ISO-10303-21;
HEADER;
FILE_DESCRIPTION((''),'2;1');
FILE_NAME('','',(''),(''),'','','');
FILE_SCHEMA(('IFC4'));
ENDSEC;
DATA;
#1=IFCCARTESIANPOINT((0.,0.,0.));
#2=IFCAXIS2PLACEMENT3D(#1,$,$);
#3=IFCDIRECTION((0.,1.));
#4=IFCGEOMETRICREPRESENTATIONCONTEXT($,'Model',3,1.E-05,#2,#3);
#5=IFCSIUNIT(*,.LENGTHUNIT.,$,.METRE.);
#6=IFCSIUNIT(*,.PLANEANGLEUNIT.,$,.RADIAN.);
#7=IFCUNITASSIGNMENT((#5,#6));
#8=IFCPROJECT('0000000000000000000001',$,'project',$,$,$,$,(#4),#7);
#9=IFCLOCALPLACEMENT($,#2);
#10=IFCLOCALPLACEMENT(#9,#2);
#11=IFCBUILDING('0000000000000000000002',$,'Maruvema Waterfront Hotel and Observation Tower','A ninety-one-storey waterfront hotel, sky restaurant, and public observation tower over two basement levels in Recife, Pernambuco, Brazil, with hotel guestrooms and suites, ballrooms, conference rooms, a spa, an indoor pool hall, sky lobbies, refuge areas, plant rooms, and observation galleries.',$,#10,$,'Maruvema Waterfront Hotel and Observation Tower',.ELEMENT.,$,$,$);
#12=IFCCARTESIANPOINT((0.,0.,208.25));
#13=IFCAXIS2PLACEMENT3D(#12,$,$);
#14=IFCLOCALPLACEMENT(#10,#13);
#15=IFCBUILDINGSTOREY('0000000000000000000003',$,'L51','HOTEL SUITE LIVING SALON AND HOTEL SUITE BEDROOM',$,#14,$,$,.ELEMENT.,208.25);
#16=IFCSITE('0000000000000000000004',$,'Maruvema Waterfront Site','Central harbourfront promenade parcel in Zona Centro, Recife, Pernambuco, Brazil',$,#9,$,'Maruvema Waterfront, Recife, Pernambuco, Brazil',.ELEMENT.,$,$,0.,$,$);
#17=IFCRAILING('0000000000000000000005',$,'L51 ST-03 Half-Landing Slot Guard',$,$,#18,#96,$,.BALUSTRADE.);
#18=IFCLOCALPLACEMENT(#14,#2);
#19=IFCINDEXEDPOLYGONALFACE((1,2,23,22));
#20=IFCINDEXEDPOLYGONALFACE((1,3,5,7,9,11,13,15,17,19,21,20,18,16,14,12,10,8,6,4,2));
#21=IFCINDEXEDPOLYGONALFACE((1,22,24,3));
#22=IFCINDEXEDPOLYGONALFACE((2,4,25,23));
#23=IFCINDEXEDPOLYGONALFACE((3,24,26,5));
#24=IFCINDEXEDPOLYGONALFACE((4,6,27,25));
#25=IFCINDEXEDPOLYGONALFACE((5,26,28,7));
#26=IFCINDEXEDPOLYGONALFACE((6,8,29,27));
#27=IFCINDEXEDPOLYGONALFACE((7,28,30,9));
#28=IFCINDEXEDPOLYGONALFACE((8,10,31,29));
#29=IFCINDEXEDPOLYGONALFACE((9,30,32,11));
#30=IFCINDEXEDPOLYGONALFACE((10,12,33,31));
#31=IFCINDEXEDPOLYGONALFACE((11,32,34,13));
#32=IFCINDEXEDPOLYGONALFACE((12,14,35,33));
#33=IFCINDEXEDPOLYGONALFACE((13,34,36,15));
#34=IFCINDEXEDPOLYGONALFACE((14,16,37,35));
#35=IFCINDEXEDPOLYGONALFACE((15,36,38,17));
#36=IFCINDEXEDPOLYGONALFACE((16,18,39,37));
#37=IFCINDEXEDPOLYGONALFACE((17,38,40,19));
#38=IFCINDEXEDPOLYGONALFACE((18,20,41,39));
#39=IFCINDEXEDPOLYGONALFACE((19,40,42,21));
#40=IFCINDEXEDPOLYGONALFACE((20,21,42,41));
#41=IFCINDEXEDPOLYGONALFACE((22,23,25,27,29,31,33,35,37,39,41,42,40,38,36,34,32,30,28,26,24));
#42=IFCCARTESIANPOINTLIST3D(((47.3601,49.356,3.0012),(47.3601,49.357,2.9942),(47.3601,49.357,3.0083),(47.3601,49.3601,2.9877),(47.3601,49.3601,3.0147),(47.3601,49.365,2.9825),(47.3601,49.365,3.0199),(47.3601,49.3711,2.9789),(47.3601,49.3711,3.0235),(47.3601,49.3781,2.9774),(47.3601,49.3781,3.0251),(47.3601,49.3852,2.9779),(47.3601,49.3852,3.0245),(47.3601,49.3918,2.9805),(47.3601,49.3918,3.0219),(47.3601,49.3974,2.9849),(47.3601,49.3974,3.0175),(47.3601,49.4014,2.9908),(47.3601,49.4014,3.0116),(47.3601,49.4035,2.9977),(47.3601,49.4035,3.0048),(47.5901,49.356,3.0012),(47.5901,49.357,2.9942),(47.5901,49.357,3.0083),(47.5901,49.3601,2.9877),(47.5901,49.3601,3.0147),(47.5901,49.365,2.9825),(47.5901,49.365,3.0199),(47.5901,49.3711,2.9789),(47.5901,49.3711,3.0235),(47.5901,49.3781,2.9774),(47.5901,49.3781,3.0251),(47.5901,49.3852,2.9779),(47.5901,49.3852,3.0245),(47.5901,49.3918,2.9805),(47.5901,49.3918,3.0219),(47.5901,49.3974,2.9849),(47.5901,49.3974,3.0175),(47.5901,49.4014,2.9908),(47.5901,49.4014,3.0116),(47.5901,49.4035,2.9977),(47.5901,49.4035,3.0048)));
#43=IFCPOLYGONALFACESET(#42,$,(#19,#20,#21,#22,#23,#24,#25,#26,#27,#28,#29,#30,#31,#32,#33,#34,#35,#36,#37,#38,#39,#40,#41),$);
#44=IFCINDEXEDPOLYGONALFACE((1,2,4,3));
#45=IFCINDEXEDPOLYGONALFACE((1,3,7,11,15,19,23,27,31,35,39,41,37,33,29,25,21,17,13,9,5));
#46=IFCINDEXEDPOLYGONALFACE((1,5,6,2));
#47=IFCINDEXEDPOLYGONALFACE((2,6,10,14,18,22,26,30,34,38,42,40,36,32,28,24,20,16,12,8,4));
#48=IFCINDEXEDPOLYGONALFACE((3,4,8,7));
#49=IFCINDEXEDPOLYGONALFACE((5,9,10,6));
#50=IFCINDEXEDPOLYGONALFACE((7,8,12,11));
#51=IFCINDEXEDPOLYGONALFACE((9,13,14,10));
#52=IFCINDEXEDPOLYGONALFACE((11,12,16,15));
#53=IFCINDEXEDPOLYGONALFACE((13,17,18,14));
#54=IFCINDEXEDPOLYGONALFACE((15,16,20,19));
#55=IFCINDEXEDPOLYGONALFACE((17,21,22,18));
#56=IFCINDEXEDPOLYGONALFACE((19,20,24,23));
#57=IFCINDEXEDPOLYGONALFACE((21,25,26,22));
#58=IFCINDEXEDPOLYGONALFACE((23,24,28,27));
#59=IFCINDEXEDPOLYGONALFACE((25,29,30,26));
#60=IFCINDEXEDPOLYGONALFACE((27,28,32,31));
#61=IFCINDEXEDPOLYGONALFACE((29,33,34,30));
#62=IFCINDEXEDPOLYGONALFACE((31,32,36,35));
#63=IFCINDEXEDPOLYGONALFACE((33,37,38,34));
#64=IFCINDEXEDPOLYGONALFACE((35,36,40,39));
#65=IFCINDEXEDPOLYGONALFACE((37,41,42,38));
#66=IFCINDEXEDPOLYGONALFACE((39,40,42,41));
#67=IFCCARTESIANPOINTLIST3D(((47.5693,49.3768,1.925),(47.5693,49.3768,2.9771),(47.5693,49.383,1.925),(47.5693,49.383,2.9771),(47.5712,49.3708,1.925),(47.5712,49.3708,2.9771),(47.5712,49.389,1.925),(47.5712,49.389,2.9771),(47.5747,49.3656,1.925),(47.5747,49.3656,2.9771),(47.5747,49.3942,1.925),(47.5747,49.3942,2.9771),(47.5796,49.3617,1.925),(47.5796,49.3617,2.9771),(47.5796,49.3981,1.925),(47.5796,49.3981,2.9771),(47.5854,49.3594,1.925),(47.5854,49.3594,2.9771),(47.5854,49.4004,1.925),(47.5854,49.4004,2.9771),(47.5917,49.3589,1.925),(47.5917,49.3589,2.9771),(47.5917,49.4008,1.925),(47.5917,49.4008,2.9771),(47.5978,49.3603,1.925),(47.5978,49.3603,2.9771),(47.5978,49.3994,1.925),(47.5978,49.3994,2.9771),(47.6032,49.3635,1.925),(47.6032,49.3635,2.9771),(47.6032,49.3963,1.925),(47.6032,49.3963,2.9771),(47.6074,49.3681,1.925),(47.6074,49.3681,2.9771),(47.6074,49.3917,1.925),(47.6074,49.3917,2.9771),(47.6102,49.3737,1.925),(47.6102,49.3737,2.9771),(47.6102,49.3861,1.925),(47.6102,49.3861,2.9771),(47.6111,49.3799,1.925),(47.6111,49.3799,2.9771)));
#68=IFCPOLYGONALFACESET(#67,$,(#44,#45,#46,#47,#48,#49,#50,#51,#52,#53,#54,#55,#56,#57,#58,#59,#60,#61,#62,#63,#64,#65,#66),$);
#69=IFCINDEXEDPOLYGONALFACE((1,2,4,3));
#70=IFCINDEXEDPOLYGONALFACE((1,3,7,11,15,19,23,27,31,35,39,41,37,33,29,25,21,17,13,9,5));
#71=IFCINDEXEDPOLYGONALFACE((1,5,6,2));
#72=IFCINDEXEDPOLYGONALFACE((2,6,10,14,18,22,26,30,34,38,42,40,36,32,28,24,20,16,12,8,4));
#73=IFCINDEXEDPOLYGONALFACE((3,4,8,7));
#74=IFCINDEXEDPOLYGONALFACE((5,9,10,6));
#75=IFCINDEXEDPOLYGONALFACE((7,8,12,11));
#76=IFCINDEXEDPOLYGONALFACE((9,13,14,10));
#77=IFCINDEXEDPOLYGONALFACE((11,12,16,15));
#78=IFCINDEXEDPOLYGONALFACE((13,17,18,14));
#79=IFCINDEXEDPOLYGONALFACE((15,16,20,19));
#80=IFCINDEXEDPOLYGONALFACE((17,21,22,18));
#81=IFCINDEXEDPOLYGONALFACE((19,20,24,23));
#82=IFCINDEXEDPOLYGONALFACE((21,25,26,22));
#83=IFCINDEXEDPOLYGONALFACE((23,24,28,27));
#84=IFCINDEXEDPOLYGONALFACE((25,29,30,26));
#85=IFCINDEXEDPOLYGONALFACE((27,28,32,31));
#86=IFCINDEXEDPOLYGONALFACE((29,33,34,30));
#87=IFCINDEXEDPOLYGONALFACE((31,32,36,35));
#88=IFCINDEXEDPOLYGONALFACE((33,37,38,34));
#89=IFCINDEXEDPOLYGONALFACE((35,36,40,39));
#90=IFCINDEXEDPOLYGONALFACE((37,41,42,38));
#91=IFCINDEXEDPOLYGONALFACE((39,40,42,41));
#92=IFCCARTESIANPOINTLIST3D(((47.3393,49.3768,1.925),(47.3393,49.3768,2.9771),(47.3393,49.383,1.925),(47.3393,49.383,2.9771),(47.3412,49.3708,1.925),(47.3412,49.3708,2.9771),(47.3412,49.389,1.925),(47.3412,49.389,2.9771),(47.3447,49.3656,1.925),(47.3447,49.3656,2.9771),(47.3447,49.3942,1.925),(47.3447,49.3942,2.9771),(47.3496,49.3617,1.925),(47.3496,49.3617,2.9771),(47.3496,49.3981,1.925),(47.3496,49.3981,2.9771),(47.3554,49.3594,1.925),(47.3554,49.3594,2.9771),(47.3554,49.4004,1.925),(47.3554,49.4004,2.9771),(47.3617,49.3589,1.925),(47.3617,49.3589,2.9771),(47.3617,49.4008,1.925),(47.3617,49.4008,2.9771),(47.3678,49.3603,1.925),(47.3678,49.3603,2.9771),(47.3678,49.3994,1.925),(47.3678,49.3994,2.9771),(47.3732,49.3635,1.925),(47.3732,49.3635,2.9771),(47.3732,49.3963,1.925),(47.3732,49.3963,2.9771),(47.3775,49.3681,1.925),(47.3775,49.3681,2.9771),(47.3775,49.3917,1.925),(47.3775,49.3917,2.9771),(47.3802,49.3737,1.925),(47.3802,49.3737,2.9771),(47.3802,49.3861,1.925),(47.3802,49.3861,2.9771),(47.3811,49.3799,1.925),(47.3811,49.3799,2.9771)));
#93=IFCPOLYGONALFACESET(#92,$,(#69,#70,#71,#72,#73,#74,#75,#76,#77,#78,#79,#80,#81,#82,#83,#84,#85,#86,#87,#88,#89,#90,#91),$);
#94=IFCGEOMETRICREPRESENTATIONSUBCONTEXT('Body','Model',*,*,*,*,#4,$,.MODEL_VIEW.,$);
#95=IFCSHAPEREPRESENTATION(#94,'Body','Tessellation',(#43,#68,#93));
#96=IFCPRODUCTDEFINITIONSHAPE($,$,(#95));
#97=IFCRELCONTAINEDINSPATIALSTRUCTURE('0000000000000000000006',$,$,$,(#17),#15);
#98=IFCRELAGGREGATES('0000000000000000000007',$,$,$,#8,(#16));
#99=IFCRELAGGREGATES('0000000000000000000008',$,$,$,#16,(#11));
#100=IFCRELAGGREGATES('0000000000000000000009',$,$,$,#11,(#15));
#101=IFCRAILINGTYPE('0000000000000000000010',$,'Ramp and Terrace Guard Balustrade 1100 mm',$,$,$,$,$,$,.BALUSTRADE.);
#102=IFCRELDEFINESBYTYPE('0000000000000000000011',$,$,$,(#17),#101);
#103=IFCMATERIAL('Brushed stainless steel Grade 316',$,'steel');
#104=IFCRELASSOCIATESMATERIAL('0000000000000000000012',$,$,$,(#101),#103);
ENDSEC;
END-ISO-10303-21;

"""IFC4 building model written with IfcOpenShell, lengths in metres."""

from ifc_helpers import new_model, si_unit, direction, frame, origin, origin_2d, place, context, subcontext, project, spatial, circle, extrude, material, type_object, element, save


model = new_model("IFC4")

# Units and contexts
model_context = context("Model", 3, precision=1e-05, world=origin(), true_north=direction((0.0, 1.0)))
body_context = subcontext(model_context, "Body", "Model", "MODEL_VIEW")
ifc_project = project(units=[si_unit("LENGTHUNIT", "METRE"), si_unit("PLANEANGLEUNIT", "RADIAN")], contexts=[model_context])

# Site, building, storey
site_placement = place(None, origin())
site = spatial("IfcSite", under=ifc_project, at=site_placement, Name="Maruvema Waterfront Site", Description="Central harbourfront promenade parcel in Zona Centro, Recife, Pernambuco, Brazil", LongName="Maruvema Waterfront, Recife, Pernambuco, Brazil", CompositionType="ELEMENT", RefElevation=0.0)
building_placement = place(site_placement, origin())
building = spatial("IfcBuilding", under=site, at=building_placement, Name="Maruvema Waterfront Hotel and Observation Tower", Description="A ninety-one-storey waterfront hotel, sky restaurant, and public observation tower over two basement levels in Recife, Pernambuco, Brazil, with hotel guestrooms and suites, ballrooms, conference rooms, a spa, an indoor pool hall, sky lobbies, refuge areas, plant rooms, and observation galleries.", LongName="Maruvema Waterfront Hotel and Observation Tower", CompositionType="ELEMENT")
storey_placement = place(building_placement, frame((0.0, 0.0, 208.25)))
storey = spatial("IfcBuildingStorey", under=building, at=storey_placement, Name="L51", Description="HOTEL SUITE LIVING SALON AND HOTEL SUITE BEDROOM", CompositionType="ELEMENT", Elevation=208.25)

# Railing
ifc_material_1 = material(Name="Brushed stainless steel Grade 316", Category="steel")
railing_type_1 = type_object("IfcRailingType", Name="Ramp and Terrace Guard Balustrade 1100 mm", PredefinedType="BALUSTRADE", material=ifc_material_1)
railing_1_placement = place(storey_placement, frame((47.5901, 49.3799, 1.925)))
element("IfcRailing", 1, at=railing_1_placement, inside=storey, type_object=railing_type_1, Name="L51 ST-03 Half-Landing Slot Guard", PredefinedType="BALUSTRADE", context=body_context, shape_type="SweptSolid", body=[
    extrude(circle(Radius=0.0239, at=origin_2d()), frame((0.0, 0.0, 1.0762), z_axis=(-1.0, 0.0, 0.0), x_axis=(0.0, -1.0, 0.0)), (0.0, 0.0, 1.0), 0.23),
    extrude(circle(Radius=0.021, at=origin_2d()), origin(), (0.0, 0.0, 1.0), 1.052),
    extrude(circle(Radius=0.021, at=origin_2d()), frame((-0.23, 0.0, 0.0)), (0.0, 0.0, 1.0), 1.052),
])

save(model, "model.ifc")
